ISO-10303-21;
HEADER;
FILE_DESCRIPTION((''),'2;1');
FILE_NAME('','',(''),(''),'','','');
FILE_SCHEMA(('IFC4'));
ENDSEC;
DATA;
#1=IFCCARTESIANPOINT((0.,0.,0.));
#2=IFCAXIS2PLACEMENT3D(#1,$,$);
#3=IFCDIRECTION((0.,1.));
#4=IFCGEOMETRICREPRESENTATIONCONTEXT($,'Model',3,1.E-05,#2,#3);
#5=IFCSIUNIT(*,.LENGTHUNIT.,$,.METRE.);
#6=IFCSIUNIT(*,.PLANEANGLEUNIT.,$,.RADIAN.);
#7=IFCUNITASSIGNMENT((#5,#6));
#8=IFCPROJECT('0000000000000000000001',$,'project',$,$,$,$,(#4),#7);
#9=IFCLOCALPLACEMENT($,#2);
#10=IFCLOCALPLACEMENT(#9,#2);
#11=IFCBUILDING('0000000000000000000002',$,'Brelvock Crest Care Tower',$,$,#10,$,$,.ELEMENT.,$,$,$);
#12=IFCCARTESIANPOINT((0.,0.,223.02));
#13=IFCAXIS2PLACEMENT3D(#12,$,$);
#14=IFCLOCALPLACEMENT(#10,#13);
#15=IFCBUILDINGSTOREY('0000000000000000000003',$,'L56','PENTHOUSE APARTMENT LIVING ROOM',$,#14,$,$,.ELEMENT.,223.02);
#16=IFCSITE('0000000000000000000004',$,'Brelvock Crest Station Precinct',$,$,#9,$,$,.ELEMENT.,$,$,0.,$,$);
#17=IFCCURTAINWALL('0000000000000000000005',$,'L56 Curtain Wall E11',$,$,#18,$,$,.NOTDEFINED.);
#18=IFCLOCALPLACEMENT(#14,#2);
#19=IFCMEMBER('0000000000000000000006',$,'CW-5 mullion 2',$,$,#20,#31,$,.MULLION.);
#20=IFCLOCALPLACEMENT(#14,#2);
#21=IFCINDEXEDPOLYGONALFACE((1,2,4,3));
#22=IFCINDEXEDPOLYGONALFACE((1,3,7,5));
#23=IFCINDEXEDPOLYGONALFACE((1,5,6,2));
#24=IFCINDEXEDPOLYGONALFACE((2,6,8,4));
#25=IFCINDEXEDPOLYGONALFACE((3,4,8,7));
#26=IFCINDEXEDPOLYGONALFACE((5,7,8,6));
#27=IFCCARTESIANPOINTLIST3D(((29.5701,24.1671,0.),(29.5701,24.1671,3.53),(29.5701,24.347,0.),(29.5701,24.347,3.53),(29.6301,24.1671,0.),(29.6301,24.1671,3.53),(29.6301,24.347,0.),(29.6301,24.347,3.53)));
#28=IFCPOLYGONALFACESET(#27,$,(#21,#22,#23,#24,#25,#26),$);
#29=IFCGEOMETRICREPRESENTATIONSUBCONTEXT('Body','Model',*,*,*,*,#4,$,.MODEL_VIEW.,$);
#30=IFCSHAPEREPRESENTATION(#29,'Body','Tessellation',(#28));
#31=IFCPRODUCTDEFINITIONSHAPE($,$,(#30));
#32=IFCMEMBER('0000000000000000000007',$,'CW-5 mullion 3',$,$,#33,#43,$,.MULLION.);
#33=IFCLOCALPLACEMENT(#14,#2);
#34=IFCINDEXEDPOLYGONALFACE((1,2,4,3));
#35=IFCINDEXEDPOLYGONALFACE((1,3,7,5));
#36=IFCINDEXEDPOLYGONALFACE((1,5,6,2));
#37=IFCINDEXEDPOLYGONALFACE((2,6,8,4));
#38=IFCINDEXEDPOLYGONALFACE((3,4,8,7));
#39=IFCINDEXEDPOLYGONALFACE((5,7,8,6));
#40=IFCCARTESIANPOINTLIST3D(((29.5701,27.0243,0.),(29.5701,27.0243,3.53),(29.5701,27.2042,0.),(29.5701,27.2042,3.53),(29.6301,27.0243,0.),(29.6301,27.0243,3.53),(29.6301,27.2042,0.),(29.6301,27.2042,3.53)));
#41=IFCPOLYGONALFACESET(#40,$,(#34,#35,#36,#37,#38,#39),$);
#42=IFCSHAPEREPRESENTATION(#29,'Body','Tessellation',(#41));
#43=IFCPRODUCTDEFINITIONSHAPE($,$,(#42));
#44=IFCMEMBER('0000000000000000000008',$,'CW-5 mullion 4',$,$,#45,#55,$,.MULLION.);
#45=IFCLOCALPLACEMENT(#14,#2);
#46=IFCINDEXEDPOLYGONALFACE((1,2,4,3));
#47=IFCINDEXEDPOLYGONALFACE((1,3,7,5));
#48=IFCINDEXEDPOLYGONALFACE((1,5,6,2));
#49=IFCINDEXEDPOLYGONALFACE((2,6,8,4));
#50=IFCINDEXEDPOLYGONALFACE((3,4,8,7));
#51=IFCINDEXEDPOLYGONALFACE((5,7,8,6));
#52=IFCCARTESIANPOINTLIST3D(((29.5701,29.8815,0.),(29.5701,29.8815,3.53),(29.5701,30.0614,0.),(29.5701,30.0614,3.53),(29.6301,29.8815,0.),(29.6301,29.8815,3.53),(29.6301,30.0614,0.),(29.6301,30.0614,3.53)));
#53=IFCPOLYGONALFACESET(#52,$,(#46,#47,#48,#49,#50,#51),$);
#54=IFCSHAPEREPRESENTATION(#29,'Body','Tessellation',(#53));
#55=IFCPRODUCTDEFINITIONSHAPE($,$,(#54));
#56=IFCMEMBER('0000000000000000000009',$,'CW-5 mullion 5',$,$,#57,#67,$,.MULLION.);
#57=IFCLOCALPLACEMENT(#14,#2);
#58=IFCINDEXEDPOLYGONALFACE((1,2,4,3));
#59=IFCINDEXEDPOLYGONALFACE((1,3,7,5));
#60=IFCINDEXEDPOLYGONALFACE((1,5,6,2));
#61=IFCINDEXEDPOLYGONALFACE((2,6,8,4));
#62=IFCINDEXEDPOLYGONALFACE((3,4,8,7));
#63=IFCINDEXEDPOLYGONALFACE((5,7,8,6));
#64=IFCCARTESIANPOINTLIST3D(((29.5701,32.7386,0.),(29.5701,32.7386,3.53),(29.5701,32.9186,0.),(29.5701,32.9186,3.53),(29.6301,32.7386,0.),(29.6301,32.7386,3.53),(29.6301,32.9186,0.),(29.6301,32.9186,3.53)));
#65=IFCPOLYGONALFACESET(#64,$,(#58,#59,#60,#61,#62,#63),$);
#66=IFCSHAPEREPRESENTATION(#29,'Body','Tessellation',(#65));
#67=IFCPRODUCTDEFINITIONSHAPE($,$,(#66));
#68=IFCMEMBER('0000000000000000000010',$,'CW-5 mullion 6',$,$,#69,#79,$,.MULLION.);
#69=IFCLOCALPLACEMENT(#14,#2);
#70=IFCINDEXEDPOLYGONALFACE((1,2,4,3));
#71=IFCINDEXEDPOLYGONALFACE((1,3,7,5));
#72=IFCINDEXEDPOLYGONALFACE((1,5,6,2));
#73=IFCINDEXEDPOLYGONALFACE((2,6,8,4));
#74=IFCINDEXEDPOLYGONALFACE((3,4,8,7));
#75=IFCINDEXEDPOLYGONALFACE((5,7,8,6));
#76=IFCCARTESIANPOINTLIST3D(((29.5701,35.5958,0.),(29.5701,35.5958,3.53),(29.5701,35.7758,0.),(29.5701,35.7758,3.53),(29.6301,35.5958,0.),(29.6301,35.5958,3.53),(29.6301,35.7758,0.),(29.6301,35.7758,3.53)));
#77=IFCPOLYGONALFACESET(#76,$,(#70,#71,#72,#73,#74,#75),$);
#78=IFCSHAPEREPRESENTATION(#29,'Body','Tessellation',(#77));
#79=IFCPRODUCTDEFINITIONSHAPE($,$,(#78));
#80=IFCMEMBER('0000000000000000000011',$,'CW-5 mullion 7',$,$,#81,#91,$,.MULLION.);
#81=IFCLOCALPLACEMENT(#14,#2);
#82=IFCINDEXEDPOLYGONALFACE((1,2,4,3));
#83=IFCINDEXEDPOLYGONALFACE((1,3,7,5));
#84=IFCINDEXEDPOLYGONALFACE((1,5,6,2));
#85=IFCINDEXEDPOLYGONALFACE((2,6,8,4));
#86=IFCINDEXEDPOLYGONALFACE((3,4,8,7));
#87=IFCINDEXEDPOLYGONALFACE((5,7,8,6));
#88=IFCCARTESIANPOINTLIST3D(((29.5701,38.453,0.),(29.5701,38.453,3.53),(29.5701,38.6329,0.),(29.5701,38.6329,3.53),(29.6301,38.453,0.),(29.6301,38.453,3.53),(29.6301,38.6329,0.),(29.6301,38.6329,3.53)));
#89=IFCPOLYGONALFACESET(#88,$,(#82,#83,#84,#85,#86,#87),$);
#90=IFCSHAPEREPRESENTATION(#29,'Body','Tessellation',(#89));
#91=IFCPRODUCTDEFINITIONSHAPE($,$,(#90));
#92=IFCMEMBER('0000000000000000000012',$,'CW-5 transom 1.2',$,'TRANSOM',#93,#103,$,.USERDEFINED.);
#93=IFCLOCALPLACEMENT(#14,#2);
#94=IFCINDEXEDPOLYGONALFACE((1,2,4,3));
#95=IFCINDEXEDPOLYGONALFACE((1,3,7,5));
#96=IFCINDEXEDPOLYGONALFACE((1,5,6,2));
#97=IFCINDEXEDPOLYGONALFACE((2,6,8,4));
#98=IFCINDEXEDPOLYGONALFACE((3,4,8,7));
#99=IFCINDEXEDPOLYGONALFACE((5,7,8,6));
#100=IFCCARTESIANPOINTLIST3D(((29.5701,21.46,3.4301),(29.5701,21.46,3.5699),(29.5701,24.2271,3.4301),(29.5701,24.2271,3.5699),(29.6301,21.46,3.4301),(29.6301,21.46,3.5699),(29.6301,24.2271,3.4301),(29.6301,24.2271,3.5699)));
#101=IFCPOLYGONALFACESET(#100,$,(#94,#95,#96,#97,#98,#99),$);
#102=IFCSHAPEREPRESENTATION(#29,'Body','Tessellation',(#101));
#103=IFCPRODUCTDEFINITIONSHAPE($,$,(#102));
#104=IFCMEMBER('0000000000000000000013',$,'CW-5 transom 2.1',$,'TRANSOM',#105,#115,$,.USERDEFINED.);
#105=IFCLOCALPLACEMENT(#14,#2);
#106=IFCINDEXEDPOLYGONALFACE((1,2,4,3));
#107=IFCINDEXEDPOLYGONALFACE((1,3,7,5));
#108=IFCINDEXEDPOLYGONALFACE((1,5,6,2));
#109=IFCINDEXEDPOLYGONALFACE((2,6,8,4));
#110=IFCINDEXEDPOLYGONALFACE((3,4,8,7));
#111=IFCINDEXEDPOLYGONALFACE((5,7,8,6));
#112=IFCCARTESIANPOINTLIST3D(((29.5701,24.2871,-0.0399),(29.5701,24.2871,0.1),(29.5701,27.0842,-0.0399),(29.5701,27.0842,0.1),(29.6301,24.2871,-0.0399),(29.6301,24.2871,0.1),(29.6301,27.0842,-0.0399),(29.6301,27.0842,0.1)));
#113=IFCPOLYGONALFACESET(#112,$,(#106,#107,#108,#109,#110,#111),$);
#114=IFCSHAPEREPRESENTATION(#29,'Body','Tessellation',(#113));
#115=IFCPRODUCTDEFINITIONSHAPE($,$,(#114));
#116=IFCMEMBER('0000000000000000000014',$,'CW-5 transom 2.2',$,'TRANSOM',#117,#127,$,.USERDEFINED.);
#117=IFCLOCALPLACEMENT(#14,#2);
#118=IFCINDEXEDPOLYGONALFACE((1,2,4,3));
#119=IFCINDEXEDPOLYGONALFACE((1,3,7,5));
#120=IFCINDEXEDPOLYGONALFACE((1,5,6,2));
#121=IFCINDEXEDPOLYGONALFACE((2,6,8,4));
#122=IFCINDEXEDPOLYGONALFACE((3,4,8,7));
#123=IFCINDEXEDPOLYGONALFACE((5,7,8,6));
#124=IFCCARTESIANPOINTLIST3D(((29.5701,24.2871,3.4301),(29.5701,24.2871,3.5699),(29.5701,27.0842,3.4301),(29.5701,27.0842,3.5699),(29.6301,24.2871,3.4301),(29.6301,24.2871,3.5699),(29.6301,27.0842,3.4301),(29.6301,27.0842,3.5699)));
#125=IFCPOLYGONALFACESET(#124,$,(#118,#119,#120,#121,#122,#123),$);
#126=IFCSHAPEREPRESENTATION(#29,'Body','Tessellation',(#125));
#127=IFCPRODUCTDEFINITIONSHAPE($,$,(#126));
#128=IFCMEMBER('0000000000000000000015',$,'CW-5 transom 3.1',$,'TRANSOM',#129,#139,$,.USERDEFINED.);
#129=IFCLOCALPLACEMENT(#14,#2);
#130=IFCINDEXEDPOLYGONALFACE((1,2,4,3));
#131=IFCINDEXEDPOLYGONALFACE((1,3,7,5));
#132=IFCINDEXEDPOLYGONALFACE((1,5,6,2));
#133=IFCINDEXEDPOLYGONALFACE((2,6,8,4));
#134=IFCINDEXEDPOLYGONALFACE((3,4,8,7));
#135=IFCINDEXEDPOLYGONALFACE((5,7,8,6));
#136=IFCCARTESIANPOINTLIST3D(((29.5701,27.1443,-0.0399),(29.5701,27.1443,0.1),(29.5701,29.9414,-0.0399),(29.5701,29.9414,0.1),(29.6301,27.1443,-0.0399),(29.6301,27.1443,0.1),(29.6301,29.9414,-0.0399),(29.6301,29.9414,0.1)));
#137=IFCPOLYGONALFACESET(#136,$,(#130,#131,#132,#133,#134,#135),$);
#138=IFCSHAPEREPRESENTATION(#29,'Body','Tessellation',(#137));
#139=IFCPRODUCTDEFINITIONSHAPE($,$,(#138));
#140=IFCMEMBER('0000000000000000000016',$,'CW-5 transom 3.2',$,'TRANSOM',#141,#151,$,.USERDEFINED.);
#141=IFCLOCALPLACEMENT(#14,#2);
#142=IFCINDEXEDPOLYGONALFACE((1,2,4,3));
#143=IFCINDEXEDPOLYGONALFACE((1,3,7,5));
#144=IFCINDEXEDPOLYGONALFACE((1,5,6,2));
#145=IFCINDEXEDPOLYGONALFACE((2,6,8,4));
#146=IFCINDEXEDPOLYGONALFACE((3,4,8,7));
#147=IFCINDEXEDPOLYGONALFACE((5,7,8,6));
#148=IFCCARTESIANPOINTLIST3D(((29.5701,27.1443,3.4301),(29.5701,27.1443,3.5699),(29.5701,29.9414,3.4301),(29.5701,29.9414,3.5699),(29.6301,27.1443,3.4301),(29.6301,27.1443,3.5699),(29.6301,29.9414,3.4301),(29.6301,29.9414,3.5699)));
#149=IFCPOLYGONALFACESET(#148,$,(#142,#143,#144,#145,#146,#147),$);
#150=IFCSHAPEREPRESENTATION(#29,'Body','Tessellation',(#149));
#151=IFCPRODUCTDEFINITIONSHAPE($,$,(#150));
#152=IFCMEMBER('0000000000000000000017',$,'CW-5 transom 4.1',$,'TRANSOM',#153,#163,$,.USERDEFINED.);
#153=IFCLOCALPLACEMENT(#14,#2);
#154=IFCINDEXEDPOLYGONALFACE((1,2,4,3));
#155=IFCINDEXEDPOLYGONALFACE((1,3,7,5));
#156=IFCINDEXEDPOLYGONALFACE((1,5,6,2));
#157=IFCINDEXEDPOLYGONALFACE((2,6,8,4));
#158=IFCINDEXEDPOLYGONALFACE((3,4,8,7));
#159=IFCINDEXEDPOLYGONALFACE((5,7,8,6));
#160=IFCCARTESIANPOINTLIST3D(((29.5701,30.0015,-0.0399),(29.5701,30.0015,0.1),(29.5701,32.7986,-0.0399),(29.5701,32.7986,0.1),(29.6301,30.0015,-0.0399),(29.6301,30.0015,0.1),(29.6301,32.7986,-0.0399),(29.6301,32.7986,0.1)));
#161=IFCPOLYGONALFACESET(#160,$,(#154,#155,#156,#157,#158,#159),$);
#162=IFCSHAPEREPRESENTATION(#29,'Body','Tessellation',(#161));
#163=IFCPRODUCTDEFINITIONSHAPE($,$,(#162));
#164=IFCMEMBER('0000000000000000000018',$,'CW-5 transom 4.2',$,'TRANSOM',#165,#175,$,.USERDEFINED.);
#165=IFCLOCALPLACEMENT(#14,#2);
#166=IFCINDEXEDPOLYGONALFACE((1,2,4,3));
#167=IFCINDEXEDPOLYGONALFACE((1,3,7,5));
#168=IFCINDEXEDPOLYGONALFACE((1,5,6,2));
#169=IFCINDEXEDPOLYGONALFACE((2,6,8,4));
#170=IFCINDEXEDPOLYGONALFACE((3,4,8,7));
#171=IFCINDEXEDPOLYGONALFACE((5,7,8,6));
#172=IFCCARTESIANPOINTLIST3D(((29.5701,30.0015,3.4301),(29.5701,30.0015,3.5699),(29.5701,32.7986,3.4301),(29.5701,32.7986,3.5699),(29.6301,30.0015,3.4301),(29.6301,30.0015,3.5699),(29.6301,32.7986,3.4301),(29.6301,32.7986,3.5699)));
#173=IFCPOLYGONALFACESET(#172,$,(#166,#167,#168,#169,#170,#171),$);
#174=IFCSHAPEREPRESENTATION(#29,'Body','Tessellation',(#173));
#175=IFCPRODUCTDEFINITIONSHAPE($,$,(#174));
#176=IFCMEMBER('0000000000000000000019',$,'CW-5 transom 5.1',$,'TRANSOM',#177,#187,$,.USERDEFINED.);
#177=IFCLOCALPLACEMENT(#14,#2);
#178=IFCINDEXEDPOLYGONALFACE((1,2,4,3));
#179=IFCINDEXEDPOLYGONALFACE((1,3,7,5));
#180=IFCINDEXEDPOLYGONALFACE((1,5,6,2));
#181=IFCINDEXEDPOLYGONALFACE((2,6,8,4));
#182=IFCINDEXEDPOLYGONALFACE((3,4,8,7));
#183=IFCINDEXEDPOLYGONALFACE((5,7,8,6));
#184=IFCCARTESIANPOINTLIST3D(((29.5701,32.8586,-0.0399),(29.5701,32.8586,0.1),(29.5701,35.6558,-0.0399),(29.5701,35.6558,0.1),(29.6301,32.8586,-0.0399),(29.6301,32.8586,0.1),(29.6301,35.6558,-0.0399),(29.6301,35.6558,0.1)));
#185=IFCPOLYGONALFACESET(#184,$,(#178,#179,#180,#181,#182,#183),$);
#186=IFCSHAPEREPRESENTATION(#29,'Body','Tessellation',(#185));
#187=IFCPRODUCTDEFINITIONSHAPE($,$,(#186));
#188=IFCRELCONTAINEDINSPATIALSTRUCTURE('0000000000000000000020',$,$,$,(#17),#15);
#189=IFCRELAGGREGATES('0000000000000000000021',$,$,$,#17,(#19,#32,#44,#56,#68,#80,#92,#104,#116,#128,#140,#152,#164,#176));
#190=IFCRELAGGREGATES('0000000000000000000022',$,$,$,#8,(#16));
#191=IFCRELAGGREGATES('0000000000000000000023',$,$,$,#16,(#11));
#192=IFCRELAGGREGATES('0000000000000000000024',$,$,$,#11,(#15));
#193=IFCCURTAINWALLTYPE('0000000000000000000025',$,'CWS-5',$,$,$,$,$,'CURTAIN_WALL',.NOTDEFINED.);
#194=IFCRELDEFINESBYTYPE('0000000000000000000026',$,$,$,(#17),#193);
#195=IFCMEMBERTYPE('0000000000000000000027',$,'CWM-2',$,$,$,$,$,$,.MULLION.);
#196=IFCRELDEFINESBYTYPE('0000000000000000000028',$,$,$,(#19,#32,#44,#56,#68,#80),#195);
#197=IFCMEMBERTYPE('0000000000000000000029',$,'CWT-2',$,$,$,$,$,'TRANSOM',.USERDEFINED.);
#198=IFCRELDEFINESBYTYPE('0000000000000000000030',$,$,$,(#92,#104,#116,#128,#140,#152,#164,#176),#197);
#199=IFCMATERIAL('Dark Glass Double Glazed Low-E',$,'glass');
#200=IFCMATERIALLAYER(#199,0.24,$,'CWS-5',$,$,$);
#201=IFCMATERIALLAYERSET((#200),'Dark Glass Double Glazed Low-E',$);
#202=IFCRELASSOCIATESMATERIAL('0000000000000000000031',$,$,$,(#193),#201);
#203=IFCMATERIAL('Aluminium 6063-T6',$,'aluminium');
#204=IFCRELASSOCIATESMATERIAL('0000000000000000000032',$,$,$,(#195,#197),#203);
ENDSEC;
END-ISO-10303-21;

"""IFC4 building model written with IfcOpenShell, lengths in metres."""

from ifc_helpers import new_model, si_unit, direction, frame, origin, origin_2d, place, context, subcontext, project, spatial, rectangle, extrude, source, transform, mapped, material, layer, layer_set, material_profile, profile_set, type_object, element, aggregate, save


model = new_model("IFC4")

# Units and contexts
model_context = context("Model", 3, precision=1e-05, world=origin(), true_north=direction((0.0, 1.0)))
body_context = subcontext(model_context, "Body", "Model", "MODEL_VIEW")
ifc_project = project(units=[si_unit("LENGTHUNIT", "METRE"), si_unit("PLANEANGLEUNIT", "RADIAN")], contexts=[model_context])

# Site, building, storey
site_placement = place(None, origin())
site = spatial("IfcSite", under=ifc_project, at=site_placement, Name="Brelvock Crest Station Precinct", CompositionType="ELEMENT", RefElevation=0.0)
building_placement = place(site_placement, origin())
building = spatial("IfcBuilding", under=site, at=building_placement, Name="Brelvock Crest Care Tower", CompositionType="ELEMENT")
storey_placement = place(building_placement, frame((0.0, 0.0, 223.02)))
storey = spatial("IfcBuildingStorey", under=building, at=storey_placement, Name="L56", Description="PENTHOUSE APARTMENT LIVING ROOM", CompositionType="ELEMENT", Elevation=223.02)

# Curtain wall, members
ifc_material_1 = material(Name="Dark Glass Double Glazed Low-E", Category="glass")
ifc_layer_1 = layer(ifc_material_1, 0.24, Name="CWS-5")
ifc_layer_set_1 = layer_set([ifc_layer_1], Name="Dark Glass Double Glazed Low-E")
curtain_wall_type = type_object("IfcCurtainWallType", Name="CWS-5", ElementType="CURTAIN_WALL", PredefinedType="NOTDEFINED", material=ifc_layer_set_1)
curtain_wall_placement = place(storey_placement, origin())
curtain_wall = element("IfcCurtainWall", 1, at=curtain_wall_placement, inside=storey, type_object=curtain_wall_type, Name="L56 Curtain Wall E11", PredefinedType="NOTDEFINED")
ifc_material_2 = material(Name="Aluminium 6063-T6", Category="aluminium")
ifc_material_profile_1 = material_profile(ifc_material_2, rectangle(XDim=0.0601, YDim=0.1799, at=origin_2d()), Name="ALU60x180")
ifc_profile_set_1 = profile_set([ifc_material_profile_1], Name="Aluminium 6063-T6")
member_type_1 = type_object("IfcMemberType", Name="CWM-2", PredefinedType="MULLION", material=ifc_profile_set_1)
shared_shape_1 = source(origin(), body_context, "Body", "SweptSolid", [
    extrude(rectangle(XDim=0.0601, YDim=0.1799, at=origin_2d()), origin(), (0.0, 0.0, 1.0), 3.53),
])
member_1_placement = place(storey_placement, frame((29.6001, 24.2571, 0.0), z_axis=(0.0, 0.0, 1.0), x_axis=(-1.0, 0.0, 0.0)))
member_1 = element("IfcMember", 2, at=member_1_placement, type_object=member_type_1, Name="CW-5 mullion 2", PredefinedType="MULLION", context=body_context, shape_type="MappedRepresentation", body=[
    mapped(shared_shape_1, transform((0.0, 0.0, 0.0), x_axis=(1.0, 0.0, 0.0), y_axis=(0.0, 1.0, 0.0), z_axis=(0.0, 0.0, 1.0), scale=1.0)),
])
member_2_placement = place(storey_placement, frame((29.6001, 27.1143, 0.0), z_axis=(0.0, 0.0, 1.0), x_axis=(-1.0, 0.0, 0.0)))
member_2 = element("IfcMember", 3, at=member_2_placement, type_object=member_type_1, Name="CW-5 mullion 3", PredefinedType="MULLION", context=body_context, shape_type="MappedRepresentation", body=[
    mapped(shared_shape_1, transform((0.0, 0.0, 0.0), x_axis=(1.0, 0.0, 0.0), y_axis=(0.0, 1.0, 0.0), z_axis=(0.0, 0.0, 1.0), scale=1.0)),
])
member_3_placement = place(storey_placement, frame((29.6001, 29.9714, 0.0), z_axis=(0.0, 0.0, 1.0), x_axis=(-1.0, 0.0, 0.0)))
member_3 = element("IfcMember", 4, at=member_3_placement, type_object=member_type_1, Name="CW-5 mullion 4", PredefinedType="MULLION", context=body_context, shape_type="MappedRepresentation", body=[
    mapped(shared_shape_1, transform((0.0, 0.0, 0.0), x_axis=(1.0, 0.0, 0.0), y_axis=(0.0, 1.0, 0.0), z_axis=(0.0, 0.0, 1.0), scale=1.0)),
])
member_4_placement = place(storey_placement, frame((29.6001, 32.8286, 0.0), z_axis=(0.0, 0.0, 1.0), x_axis=(-1.0, 0.0, 0.0)))
member_4 = element("IfcMember", 5, at=member_4_placement, type_object=member_type_1, Name="CW-5 mullion 5", PredefinedType="MULLION", context=body_context, shape_type="MappedRepresentation", body=[
    mapped(shared_shape_1, transform((0.0, 0.0, 0.0), x_axis=(1.0, 0.0, 0.0), y_axis=(0.0, 1.0, 0.0), z_axis=(0.0, 0.0, 1.0), scale=1.0)),
])
member_5_placement = place(storey_placement, frame((29.6001, 35.6858, 0.0), z_axis=(0.0, 0.0, 1.0), x_axis=(-1.0, 0.0, 0.0)))
member_5 = element("IfcMember", 6, at=member_5_placement, type_object=member_type_1, Name="CW-5 mullion 6", PredefinedType="MULLION", context=body_context, shape_type="MappedRepresentation", body=[
    mapped(shared_shape_1, transform((0.0, 0.0, 0.0), x_axis=(1.0, 0.0, 0.0), y_axis=(0.0, 1.0, 0.0), z_axis=(0.0, 0.0, 1.0), scale=1.0)),
])
member_6_placement = place(storey_placement, frame((29.6001, 38.543, 0.0), z_axis=(0.0, 0.0, 1.0), x_axis=(-1.0, 0.0, 0.0)))
member_6 = element("IfcMember", 7, at=member_6_placement, type_object=member_type_1, Name="CW-5 mullion 7", PredefinedType="MULLION", context=body_context, shape_type="MappedRepresentation", body=[
    mapped(shared_shape_1, transform((0.0, 0.0, 0.0), x_axis=(1.0, 0.0, 0.0), y_axis=(0.0, 1.0, 0.0), z_axis=(0.0, 0.0, 1.0), scale=1.0)),
])
ifc_material_profile_2 = material_profile(ifc_material_2, rectangle(XDim=0.0601, YDim=0.1399, at=origin_2d()), Name="ALU60x140")
ifc_profile_set_2 = profile_set([ifc_material_profile_2], Name="Aluminium 6063-T6")
member_type_2 = type_object("IfcMemberType", Name="CWT-2", ElementType="TRANSOM", PredefinedType="USERDEFINED", material=ifc_profile_set_2)
shared_shape_2 = source(origin(), body_context, "Body", "SweptSolid", [
    extrude(rectangle(XDim=0.0601, YDim=0.1399, at=origin_2d()), origin(), (0.0, 0.0, 1.0), 2.7671),
])
member_7_placement = place(storey_placement, frame((29.6001, 21.46, 3.5), z_axis=(0.0, 1.0, 0.0), x_axis=(-1.0, 0.0, 0.0)))
member_7 = element("IfcMember", 8, at=member_7_placement, type_object=member_type_2, Name="CW-5 transom 1.2", ObjectType="TRANSOM", PredefinedType="USERDEFINED", context=body_context, shape_type="MappedRepresentation", body=[
    mapped(shared_shape_2, transform((0.0, 0.0, 0.0), x_axis=(1.0, 0.0, 0.0), y_axis=(0.0, 1.0, 0.0), z_axis=(0.0, 0.0, 1.0), scale=1.0)),
])
shared_shape_3 = source(origin(), body_context, "Body", "SweptSolid", [
    extrude(rectangle(XDim=0.0601, YDim=0.1399, at=origin_2d()), origin(), (0.0, 0.0, 1.0), 2.7971),
])
member_8_placement = place(storey_placement, frame((29.6001, 24.2871, 0.03), z_axis=(0.0, 1.0, 0.0), x_axis=(-1.0, 0.0, 0.0)))
member_8 = element("IfcMember", 9, at=member_8_placement, type_object=member_type_2, Name="CW-5 transom 2.1", ObjectType="TRANSOM", PredefinedType="USERDEFINED", context=body_context, shape_type="MappedRepresentation", body=[
    mapped(shared_shape_3, transform((0.0, 0.0, 0.0), x_axis=(1.0, 0.0, 0.0), y_axis=(0.0, 1.0, 0.0), z_axis=(0.0, 0.0, 1.0), scale=1.0)),
])
member_9_placement = place(storey_placement, frame((29.6001, 24.2871, 3.5), z_axis=(0.0, 1.0, 0.0), x_axis=(-1.0, 0.0, 0.0)))
member_9 = element("IfcMember", 10, at=member_9_placement, type_object=member_type_2, Name="CW-5 transom 2.2", ObjectType="TRANSOM", PredefinedType="USERDEFINED", context=body_context, shape_type="MappedRepresentation", body=[
    mapped(shared_shape_3, transform((0.0, 0.0, 0.0), x_axis=(1.0, 0.0, 0.0), y_axis=(0.0, 1.0, 0.0), z_axis=(0.0, 0.0, 1.0), scale=1.0)),
])
member_10_placement = place(storey_placement, frame((29.6001, 27.1443, 0.03), z_axis=(0.0, 1.0, 0.0), x_axis=(-1.0, 0.0, 0.0)))
member_10 = element("IfcMember", 11, at=member_10_placement, type_object=member_type_2, Name="CW-5 transom 3.1", ObjectType="TRANSOM", PredefinedType="USERDEFINED", context=body_context, shape_type="MappedRepresentation", body=[
    mapped(shared_shape_3, transform((0.0, 0.0, 0.0), x_axis=(1.0, 0.0, 0.0), y_axis=(0.0, 1.0, 0.0), z_axis=(0.0, 0.0, 1.0), scale=1.0)),
])
member_11_placement = place(storey_placement, frame((29.6001, 27.1443, 3.5), z_axis=(0.0, 1.0, 0.0), x_axis=(-1.0, 0.0, 0.0)))
member_11 = element("IfcMember", 12, at=member_11_placement, type_object=member_type_2, Name="CW-5 transom 3.2", ObjectType="TRANSOM", PredefinedType="USERDEFINED", context=body_context, shape_type="MappedRepresentation", body=[
    mapped(shared_shape_3, transform((0.0, 0.0, 0.0), x_axis=(1.0, 0.0, 0.0), y_axis=(0.0, 1.0, 0.0), z_axis=(0.0, 0.0, 1.0), scale=1.0)),
])
member_12_placement = place(storey_placement, frame((29.6001, 30.0015, 0.03), z_axis=(0.0, 1.0, 0.0), x_axis=(-1.0, 0.0, 0.0)))
member_12 = element("IfcMember", 13, at=member_12_placement, type_object=member_type_2, Name="CW-5 transom 4.1", ObjectType="TRANSOM", PredefinedType="USERDEFINED", context=body_context, shape_type="MappedRepresentation", body=[
    mapped(shared_shape_3, transform((0.0, 0.0, 0.0), x_axis=(1.0, 0.0, 0.0), y_axis=(0.0, 1.0, 0.0), z_axis=(0.0, 0.0, 1.0), scale=1.0)),
])
member_13_placement = place(storey_placement, frame((29.6001, 30.0015, 3.5), z_axis=(0.0, 1.0, 0.0), x_axis=(-1.0, 0.0, 0.0)))
member_13 = element("IfcMember", 14, at=member_13_placement, type_object=member_type_2, Name="CW-5 transom 4.2", ObjectType="TRANSOM", PredefinedType="USERDEFINED", context=body_context, shape_type="MappedRepresentation", body=[
    mapped(shared_shape_3, transform((0.0, 0.0, 0.0), x_axis=(1.0, 0.0, 0.0), y_axis=(0.0, 1.0, 0.0), z_axis=(0.0, 0.0, 1.0), scale=1.0)),
])
member_14_placement = place(storey_placement, frame((29.6001, 32.8586, 0.03), z_axis=(0.0, 1.0, 0.0), x_axis=(-1.0, 0.0, 0.0)))
member_14 = element("IfcMember", 15, at=member_14_placement, type_object=member_type_2, Name="CW-5 transom 5.1", ObjectType="TRANSOM", PredefinedType="USERDEFINED", context=body_context, shape_type="MappedRepresentation", body=[
    mapped(shared_shape_3, transform((0.0, 0.0, 0.0), x_axis=(1.0, 0.0, 0.0), y_axis=(0.0, 1.0, 0.0), z_axis=(0.0, 0.0, 1.0), scale=1.0)),
])
aggregate(curtain_wall, [member_1, member_2, member_3, member_4, member_5, member_6, member_7, member_8, member_9, member_10, member_11, member_12, member_13, member_14])

save(model, "model.ifc")
